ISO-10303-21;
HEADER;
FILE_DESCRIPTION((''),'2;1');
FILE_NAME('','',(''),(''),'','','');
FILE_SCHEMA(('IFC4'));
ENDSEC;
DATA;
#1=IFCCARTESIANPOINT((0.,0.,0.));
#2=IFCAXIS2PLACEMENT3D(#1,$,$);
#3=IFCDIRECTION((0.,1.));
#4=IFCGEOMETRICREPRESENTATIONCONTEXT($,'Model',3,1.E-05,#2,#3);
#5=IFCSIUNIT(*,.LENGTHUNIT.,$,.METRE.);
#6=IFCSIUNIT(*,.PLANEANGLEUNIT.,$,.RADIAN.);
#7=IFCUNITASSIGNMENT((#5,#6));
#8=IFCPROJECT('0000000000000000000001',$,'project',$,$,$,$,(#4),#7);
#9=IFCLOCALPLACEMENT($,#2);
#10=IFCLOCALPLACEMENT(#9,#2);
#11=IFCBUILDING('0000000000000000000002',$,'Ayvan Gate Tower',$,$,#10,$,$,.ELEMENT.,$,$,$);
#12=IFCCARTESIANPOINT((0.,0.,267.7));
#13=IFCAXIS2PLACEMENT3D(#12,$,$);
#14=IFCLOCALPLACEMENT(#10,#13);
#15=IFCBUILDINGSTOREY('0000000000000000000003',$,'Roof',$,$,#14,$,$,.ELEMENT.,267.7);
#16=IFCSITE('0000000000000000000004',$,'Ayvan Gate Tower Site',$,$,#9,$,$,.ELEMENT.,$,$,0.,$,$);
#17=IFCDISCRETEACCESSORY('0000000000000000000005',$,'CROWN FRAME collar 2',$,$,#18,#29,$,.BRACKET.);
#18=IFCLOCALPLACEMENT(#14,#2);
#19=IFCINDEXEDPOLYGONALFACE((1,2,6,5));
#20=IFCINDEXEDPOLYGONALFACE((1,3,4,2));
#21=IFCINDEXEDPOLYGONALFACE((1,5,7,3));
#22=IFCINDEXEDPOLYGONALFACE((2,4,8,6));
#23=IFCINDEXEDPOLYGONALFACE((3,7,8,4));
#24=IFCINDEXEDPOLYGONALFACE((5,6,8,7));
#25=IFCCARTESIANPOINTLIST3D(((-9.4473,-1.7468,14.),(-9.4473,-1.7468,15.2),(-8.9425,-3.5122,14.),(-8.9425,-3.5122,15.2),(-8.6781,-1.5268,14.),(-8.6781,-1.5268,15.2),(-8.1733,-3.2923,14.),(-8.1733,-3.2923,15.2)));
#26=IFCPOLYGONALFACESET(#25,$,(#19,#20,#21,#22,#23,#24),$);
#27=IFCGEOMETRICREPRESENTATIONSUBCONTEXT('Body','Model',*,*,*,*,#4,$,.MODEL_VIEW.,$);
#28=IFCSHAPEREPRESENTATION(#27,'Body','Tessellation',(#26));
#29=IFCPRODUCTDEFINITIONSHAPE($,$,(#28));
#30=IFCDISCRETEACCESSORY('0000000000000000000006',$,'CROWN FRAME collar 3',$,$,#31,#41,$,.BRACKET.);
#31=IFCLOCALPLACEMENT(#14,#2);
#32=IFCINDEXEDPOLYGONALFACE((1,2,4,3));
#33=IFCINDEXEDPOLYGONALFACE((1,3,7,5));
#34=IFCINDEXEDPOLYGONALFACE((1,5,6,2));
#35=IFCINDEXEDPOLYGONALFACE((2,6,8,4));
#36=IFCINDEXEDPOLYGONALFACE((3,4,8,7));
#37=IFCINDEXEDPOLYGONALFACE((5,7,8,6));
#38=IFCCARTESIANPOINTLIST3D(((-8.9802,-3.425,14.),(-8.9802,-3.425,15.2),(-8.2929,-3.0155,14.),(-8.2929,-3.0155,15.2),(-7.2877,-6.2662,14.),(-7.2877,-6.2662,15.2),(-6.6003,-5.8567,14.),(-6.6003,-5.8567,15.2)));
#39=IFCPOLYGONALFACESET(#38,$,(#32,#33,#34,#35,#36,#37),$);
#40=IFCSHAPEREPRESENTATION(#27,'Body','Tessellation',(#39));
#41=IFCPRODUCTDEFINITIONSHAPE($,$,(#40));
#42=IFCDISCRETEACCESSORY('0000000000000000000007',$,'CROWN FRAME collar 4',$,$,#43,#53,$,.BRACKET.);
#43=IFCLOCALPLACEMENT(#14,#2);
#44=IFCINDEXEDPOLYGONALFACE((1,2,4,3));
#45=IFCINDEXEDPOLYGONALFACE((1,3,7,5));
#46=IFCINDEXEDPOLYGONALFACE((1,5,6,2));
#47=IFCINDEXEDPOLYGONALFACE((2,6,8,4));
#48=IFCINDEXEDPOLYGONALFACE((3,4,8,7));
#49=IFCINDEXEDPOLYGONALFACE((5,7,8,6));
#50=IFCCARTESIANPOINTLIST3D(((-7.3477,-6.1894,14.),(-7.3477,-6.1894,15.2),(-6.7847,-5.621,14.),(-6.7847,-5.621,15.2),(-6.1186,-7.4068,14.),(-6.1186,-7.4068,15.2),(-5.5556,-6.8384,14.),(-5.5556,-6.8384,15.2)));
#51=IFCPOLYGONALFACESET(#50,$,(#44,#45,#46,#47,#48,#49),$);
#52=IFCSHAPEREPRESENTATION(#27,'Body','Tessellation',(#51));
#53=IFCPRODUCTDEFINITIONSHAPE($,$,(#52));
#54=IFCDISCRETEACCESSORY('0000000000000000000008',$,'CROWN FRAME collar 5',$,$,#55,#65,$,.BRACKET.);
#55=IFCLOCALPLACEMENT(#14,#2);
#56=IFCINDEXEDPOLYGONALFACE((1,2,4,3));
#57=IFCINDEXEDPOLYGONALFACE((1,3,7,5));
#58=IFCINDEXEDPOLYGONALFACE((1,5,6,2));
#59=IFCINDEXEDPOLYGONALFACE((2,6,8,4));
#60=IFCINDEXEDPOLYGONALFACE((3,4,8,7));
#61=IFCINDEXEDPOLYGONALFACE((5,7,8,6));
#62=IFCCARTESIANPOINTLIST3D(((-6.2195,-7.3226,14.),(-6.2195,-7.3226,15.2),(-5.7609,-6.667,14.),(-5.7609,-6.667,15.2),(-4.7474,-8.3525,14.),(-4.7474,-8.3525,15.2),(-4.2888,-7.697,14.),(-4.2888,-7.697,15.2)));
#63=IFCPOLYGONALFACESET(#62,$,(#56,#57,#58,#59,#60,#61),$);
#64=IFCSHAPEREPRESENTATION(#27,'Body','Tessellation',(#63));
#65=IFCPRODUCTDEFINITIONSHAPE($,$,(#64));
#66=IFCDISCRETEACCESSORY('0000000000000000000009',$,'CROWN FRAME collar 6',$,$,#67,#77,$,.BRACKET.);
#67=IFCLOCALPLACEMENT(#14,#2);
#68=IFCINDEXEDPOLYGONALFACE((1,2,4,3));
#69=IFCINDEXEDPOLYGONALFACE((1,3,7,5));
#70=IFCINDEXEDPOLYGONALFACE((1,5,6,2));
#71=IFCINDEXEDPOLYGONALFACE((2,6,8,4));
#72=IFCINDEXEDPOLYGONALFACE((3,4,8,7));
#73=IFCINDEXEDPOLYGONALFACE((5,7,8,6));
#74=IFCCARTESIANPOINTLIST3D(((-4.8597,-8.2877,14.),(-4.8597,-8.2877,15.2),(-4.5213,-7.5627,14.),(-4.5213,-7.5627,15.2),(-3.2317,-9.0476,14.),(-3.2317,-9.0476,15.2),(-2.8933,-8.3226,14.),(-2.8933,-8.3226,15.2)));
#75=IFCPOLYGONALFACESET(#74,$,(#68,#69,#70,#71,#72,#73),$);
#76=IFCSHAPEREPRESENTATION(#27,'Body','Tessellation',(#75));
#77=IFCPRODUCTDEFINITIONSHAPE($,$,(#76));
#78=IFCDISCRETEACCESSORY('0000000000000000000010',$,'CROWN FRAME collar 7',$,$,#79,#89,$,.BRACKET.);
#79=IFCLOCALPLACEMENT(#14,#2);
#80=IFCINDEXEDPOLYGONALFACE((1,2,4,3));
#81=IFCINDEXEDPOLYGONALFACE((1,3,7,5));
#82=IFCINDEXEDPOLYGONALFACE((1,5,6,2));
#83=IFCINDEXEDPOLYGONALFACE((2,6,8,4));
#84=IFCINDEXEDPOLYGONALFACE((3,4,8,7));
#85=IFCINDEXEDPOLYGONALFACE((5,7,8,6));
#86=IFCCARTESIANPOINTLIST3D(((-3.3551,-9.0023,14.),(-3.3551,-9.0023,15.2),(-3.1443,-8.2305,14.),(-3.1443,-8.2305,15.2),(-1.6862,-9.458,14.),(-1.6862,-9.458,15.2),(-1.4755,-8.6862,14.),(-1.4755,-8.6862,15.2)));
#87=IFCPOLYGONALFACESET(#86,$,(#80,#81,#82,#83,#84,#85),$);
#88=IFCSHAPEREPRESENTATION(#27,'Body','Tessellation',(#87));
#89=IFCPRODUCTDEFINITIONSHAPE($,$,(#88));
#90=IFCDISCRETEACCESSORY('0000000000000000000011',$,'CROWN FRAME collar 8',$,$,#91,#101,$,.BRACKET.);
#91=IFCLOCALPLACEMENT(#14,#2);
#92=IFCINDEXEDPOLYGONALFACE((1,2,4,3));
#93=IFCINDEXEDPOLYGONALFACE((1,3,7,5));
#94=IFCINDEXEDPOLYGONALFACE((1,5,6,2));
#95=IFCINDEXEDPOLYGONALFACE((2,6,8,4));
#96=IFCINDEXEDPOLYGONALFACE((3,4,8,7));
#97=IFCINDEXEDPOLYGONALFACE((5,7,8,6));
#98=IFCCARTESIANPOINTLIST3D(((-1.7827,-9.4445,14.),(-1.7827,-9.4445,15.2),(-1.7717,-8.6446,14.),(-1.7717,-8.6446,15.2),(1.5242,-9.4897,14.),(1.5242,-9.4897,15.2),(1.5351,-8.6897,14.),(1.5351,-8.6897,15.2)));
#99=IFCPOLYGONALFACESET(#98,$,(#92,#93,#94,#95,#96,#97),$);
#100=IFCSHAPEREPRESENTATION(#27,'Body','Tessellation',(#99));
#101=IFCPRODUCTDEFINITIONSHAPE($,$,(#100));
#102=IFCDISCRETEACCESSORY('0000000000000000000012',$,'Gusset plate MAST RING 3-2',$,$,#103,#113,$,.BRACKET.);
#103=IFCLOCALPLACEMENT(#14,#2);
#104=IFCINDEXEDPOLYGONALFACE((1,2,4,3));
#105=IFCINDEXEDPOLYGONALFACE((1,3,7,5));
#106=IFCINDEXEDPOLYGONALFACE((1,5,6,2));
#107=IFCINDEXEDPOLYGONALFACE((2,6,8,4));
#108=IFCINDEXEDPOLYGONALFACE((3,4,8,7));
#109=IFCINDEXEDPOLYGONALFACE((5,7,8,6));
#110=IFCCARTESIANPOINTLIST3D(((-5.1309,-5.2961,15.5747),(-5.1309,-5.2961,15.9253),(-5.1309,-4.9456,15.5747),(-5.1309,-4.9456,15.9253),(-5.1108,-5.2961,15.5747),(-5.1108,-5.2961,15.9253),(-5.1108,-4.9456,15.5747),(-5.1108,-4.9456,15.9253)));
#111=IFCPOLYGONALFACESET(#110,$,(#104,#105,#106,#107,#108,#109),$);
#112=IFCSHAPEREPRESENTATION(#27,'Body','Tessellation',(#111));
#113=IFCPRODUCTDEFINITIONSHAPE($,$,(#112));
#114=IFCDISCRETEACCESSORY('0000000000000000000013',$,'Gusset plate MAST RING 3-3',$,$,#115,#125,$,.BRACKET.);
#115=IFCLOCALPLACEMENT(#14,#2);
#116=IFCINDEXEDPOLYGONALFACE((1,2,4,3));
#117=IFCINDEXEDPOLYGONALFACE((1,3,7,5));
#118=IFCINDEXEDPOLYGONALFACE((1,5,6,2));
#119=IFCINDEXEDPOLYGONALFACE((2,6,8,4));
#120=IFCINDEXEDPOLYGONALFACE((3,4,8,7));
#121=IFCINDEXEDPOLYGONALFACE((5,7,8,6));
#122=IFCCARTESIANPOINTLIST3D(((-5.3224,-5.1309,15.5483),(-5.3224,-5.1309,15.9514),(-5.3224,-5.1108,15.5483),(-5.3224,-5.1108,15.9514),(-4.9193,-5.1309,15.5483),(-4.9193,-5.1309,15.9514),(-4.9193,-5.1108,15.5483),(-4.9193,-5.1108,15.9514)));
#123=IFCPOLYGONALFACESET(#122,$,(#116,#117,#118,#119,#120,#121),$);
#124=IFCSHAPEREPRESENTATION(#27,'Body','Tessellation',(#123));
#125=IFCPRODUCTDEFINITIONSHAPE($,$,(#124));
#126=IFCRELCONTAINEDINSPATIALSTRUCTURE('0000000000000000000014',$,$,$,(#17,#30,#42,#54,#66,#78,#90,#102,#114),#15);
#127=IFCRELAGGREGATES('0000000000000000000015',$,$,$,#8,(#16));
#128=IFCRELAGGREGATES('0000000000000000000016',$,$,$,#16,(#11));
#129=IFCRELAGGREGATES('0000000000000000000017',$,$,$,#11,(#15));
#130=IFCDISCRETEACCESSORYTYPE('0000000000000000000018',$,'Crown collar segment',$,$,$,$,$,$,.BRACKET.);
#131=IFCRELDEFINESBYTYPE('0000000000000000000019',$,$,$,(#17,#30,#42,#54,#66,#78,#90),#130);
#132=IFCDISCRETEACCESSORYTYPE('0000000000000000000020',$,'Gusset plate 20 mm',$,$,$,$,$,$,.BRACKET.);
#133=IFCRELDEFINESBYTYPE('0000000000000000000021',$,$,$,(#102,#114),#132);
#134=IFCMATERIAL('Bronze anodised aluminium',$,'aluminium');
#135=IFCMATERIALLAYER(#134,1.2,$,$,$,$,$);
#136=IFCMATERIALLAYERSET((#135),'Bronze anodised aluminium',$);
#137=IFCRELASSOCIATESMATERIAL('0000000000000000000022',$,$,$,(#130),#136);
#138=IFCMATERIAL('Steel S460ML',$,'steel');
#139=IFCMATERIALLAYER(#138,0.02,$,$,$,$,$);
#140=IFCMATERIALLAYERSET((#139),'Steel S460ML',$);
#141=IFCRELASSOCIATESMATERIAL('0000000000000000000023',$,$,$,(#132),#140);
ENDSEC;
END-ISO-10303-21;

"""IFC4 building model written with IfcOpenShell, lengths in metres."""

from ifc_helpers import new_model, si_unit, direction, frame, origin, origin_2d, place, context, subcontext, project, spatial, rectangle, extrude, material, layer, layer_set, type_object, element, save


model = new_model("IFC4")

# Units and contexts
model_context = context("Model", 3, precision=1e-05, world=origin(), true_north=direction((0.0, 1.0)))
body_context = subcontext(model_context, "Body", "Model", "MODEL_VIEW")
ifc_project = project(units=[si_unit("LENGTHUNIT", "METRE"), si_unit("PLANEANGLEUNIT", "RADIAN")], contexts=[model_context])

# Site, building, storey
site_placement = place(None, origin())
site = spatial("IfcSite", under=ifc_project, at=site_placement, Name="Ayvan Gate Tower Site", CompositionType="ELEMENT", RefElevation=0.0)
building_placement = place(site_placement, origin())
building = spatial("IfcBuilding", under=site, at=building_placement, Name="Ayvan Gate Tower", CompositionType="ELEMENT")
storey_placement = place(building_placement, frame((0.0, 0.0, 267.7)))
storey = spatial("IfcBuildingStorey", under=building, at=storey_placement, Name="Roof", CompositionType="ELEMENT", Elevation=267.7)

# Discrete accessories
ifc_material_1 = material(Name="Bronze anodised aluminium", Category="aluminium")
ifc_layer_1 = layer(ifc_material_1, 1.2)
ifc_layer_set_1 = layer_set([ifc_layer_1], Name="Bronze anodised aluminium")
discrete_accessory_type_1 = type_object("IfcDiscreteAccessoryType", Name="Crown collar segment", PredefinedType="BRACKET", material=ifc_layer_set_1)
discrete_accessory_1_placement = place(storey_placement, frame((-8.8103, -2.5195, 14.0), z_axis=(0.0, 0.0, 1.0), x_axis=(0.274947, -0.961459, 0.0)))
element("IfcDiscreteAccessory", 1, at=discrete_accessory_1_placement, inside=storey, type_object=discrete_accessory_type_1, Name="CROWN FRAME collar 2", PredefinedType="BRACKET", context=body_context, shape_type="SweptSolid", body=[
    extrude(rectangle(XDim=1.8362, YDim=0.8, at=origin_2d()), origin(), (0.0, 0.0, 1.0), 1.2),
])
discrete_accessory_2_placement = place(storey_placement, frame((-7.7903, -4.6409, 14.0), z_axis=(0.0, 0.0, 1.0), x_axis=(0.511786, -0.859113, 0.0)))
element("IfcDiscreteAccessory", 2, at=discrete_accessory_2_placement, inside=storey, type_object=discrete_accessory_type_1, Name="CROWN FRAME collar 3", PredefinedType="BRACKET", context=body_context, shape_type="SweptSolid", body=[
    extrude(rectangle(XDim=3.3071, YDim=0.8, at=origin_2d()), origin(), (0.0, 0.0, 1.0), 1.2),
])
discrete_accessory_3_placement = place(storey_placement, frame((-6.4517, -6.5139, 14.0), z_axis=(0.0, 0.0, 1.0), x_axis=(0.710487, -0.70371, 0.0)))
element("IfcDiscreteAccessory", 3, at=discrete_accessory_3_placement, inside=storey, type_object=discrete_accessory_type_1, Name="CROWN FRAME collar 4", PredefinedType="BRACKET", context=body_context, shape_type="SweptSolid", body=[
    extrude(rectangle(XDim=1.73, YDim=0.8, at=origin_2d()), origin(), (0.0, 0.0, 1.0), 1.2),
])
for number, where, z_axis, x_axis, name in (
    (4, (-5.2542, -7.5098, 14.0), (0.0, 0.0, 1.0), (0.819375, -0.573258, 0.0), "CROWN FRAME collar 5"),
    (5, (-3.8765, -8.3052, 14.0), (0.0, 0.0, 1.0), (0.906147, -0.422963, 0.0), "CROWN FRAME collar 6"),
):
    element("IfcDiscreteAccessory", number, at=place(storey_placement, frame(where, z_axis=z_axis, x_axis=x_axis)), inside=storey, type_object=discrete_accessory_type_1, Name=name, PredefinedType="BRACKET", context=body_context, shape_type="SweptSolid", body=[
        extrude(rectangle(XDim=1.7966, YDim=0.8, at=origin_2d()), origin(), (0.0, 0.0, 1.0), 1.2),
    ])
discrete_accessory_4_placement = place(storey_placement, frame((-2.4153, -8.8442, 14.0), z_axis=(0.0, 0.0, 1.0), x_axis=(0.964676, -0.263439, 0.0)))
element("IfcDiscreteAccessory", 6, at=discrete_accessory_4_placement, inside=storey, type_object=discrete_accessory_type_1, Name="CROWN FRAME collar 7", PredefinedType="BRACKET", context=body_context, shape_type="SweptSolid", body=[
    extrude(rectangle(XDim=1.73, YDim=0.8, at=origin_2d()), origin(), (0.0, 0.0, 1.0), 1.2),
])
discrete_accessory_5_placement = place(storey_placement, frame((-0.1238, -9.0671, 14.0), z_axis=(0.0, 0.0, 1.0), x_axis=(0.999907, -0.013658, 0.0)))
element("IfcDiscreteAccessory", 7, at=discrete_accessory_5_placement, inside=storey, type_object=discrete_accessory_type_1, Name="CROWN FRAME collar 8", PredefinedType="BRACKET", context=body_context, shape_type="SweptSolid", body=[
    extrude(rectangle(XDim=3.3071, YDim=0.8, at=origin_2d()), origin(), (0.0, 0.0, 1.0), 1.2),
])
ifc_material_2 = material(Name="Steel S460ML", Category="steel")
ifc_layer_2 = layer(ifc_material_2, 0.02)
ifc_layer_set_2 = layer_set([ifc_layer_2], Name="Steel S460ML")
discrete_accessory_type_2 = type_object("IfcDiscreteAccessoryType", Name="Gusset plate 20 mm", PredefinedType="BRACKET", material=ifc_layer_set_2)
discrete_accessory_6_placement = place(storey_placement, frame((-5.1208, -5.1208, 15.5747), z_axis=(0.0, 0.0, 1.0), x_axis=(0.0, 1.0, 0.0)))
element("IfcDiscreteAccessory", 8, at=discrete_accessory_6_placement, inside=storey, type_object=discrete_accessory_type_2, Name="Gusset plate MAST RING 3-2", PredefinedType="BRACKET", context=body_context, shape_type="SweptSolid", body=[
    extrude(rectangle(XDim=0.3506, YDim=0.02, at=origin_2d()), origin(), (0.0, 0.0, 1.0), 0.3506),
])
discrete_accessory_7_placement = place(storey_placement, frame((-5.1208, -5.1208, 15.5483), z_axis=(0.0, 0.0, 1.0), x_axis=(1.0, 0.0, 0.0)))
element("IfcDiscreteAccessory", 9, at=discrete_accessory_7_placement, inside=storey, type_object=discrete_accessory_type_2, Name="Gusset plate MAST RING 3-3", PredefinedType="BRACKET", context=body_context, shape_type="SweptSolid", body=[
    extrude(rectangle(XDim=0.4031, YDim=0.02, at=origin_2d()), origin(), (0.0, 0.0, 1.0), 0.4031),
])

save(model, "model.ifc")
